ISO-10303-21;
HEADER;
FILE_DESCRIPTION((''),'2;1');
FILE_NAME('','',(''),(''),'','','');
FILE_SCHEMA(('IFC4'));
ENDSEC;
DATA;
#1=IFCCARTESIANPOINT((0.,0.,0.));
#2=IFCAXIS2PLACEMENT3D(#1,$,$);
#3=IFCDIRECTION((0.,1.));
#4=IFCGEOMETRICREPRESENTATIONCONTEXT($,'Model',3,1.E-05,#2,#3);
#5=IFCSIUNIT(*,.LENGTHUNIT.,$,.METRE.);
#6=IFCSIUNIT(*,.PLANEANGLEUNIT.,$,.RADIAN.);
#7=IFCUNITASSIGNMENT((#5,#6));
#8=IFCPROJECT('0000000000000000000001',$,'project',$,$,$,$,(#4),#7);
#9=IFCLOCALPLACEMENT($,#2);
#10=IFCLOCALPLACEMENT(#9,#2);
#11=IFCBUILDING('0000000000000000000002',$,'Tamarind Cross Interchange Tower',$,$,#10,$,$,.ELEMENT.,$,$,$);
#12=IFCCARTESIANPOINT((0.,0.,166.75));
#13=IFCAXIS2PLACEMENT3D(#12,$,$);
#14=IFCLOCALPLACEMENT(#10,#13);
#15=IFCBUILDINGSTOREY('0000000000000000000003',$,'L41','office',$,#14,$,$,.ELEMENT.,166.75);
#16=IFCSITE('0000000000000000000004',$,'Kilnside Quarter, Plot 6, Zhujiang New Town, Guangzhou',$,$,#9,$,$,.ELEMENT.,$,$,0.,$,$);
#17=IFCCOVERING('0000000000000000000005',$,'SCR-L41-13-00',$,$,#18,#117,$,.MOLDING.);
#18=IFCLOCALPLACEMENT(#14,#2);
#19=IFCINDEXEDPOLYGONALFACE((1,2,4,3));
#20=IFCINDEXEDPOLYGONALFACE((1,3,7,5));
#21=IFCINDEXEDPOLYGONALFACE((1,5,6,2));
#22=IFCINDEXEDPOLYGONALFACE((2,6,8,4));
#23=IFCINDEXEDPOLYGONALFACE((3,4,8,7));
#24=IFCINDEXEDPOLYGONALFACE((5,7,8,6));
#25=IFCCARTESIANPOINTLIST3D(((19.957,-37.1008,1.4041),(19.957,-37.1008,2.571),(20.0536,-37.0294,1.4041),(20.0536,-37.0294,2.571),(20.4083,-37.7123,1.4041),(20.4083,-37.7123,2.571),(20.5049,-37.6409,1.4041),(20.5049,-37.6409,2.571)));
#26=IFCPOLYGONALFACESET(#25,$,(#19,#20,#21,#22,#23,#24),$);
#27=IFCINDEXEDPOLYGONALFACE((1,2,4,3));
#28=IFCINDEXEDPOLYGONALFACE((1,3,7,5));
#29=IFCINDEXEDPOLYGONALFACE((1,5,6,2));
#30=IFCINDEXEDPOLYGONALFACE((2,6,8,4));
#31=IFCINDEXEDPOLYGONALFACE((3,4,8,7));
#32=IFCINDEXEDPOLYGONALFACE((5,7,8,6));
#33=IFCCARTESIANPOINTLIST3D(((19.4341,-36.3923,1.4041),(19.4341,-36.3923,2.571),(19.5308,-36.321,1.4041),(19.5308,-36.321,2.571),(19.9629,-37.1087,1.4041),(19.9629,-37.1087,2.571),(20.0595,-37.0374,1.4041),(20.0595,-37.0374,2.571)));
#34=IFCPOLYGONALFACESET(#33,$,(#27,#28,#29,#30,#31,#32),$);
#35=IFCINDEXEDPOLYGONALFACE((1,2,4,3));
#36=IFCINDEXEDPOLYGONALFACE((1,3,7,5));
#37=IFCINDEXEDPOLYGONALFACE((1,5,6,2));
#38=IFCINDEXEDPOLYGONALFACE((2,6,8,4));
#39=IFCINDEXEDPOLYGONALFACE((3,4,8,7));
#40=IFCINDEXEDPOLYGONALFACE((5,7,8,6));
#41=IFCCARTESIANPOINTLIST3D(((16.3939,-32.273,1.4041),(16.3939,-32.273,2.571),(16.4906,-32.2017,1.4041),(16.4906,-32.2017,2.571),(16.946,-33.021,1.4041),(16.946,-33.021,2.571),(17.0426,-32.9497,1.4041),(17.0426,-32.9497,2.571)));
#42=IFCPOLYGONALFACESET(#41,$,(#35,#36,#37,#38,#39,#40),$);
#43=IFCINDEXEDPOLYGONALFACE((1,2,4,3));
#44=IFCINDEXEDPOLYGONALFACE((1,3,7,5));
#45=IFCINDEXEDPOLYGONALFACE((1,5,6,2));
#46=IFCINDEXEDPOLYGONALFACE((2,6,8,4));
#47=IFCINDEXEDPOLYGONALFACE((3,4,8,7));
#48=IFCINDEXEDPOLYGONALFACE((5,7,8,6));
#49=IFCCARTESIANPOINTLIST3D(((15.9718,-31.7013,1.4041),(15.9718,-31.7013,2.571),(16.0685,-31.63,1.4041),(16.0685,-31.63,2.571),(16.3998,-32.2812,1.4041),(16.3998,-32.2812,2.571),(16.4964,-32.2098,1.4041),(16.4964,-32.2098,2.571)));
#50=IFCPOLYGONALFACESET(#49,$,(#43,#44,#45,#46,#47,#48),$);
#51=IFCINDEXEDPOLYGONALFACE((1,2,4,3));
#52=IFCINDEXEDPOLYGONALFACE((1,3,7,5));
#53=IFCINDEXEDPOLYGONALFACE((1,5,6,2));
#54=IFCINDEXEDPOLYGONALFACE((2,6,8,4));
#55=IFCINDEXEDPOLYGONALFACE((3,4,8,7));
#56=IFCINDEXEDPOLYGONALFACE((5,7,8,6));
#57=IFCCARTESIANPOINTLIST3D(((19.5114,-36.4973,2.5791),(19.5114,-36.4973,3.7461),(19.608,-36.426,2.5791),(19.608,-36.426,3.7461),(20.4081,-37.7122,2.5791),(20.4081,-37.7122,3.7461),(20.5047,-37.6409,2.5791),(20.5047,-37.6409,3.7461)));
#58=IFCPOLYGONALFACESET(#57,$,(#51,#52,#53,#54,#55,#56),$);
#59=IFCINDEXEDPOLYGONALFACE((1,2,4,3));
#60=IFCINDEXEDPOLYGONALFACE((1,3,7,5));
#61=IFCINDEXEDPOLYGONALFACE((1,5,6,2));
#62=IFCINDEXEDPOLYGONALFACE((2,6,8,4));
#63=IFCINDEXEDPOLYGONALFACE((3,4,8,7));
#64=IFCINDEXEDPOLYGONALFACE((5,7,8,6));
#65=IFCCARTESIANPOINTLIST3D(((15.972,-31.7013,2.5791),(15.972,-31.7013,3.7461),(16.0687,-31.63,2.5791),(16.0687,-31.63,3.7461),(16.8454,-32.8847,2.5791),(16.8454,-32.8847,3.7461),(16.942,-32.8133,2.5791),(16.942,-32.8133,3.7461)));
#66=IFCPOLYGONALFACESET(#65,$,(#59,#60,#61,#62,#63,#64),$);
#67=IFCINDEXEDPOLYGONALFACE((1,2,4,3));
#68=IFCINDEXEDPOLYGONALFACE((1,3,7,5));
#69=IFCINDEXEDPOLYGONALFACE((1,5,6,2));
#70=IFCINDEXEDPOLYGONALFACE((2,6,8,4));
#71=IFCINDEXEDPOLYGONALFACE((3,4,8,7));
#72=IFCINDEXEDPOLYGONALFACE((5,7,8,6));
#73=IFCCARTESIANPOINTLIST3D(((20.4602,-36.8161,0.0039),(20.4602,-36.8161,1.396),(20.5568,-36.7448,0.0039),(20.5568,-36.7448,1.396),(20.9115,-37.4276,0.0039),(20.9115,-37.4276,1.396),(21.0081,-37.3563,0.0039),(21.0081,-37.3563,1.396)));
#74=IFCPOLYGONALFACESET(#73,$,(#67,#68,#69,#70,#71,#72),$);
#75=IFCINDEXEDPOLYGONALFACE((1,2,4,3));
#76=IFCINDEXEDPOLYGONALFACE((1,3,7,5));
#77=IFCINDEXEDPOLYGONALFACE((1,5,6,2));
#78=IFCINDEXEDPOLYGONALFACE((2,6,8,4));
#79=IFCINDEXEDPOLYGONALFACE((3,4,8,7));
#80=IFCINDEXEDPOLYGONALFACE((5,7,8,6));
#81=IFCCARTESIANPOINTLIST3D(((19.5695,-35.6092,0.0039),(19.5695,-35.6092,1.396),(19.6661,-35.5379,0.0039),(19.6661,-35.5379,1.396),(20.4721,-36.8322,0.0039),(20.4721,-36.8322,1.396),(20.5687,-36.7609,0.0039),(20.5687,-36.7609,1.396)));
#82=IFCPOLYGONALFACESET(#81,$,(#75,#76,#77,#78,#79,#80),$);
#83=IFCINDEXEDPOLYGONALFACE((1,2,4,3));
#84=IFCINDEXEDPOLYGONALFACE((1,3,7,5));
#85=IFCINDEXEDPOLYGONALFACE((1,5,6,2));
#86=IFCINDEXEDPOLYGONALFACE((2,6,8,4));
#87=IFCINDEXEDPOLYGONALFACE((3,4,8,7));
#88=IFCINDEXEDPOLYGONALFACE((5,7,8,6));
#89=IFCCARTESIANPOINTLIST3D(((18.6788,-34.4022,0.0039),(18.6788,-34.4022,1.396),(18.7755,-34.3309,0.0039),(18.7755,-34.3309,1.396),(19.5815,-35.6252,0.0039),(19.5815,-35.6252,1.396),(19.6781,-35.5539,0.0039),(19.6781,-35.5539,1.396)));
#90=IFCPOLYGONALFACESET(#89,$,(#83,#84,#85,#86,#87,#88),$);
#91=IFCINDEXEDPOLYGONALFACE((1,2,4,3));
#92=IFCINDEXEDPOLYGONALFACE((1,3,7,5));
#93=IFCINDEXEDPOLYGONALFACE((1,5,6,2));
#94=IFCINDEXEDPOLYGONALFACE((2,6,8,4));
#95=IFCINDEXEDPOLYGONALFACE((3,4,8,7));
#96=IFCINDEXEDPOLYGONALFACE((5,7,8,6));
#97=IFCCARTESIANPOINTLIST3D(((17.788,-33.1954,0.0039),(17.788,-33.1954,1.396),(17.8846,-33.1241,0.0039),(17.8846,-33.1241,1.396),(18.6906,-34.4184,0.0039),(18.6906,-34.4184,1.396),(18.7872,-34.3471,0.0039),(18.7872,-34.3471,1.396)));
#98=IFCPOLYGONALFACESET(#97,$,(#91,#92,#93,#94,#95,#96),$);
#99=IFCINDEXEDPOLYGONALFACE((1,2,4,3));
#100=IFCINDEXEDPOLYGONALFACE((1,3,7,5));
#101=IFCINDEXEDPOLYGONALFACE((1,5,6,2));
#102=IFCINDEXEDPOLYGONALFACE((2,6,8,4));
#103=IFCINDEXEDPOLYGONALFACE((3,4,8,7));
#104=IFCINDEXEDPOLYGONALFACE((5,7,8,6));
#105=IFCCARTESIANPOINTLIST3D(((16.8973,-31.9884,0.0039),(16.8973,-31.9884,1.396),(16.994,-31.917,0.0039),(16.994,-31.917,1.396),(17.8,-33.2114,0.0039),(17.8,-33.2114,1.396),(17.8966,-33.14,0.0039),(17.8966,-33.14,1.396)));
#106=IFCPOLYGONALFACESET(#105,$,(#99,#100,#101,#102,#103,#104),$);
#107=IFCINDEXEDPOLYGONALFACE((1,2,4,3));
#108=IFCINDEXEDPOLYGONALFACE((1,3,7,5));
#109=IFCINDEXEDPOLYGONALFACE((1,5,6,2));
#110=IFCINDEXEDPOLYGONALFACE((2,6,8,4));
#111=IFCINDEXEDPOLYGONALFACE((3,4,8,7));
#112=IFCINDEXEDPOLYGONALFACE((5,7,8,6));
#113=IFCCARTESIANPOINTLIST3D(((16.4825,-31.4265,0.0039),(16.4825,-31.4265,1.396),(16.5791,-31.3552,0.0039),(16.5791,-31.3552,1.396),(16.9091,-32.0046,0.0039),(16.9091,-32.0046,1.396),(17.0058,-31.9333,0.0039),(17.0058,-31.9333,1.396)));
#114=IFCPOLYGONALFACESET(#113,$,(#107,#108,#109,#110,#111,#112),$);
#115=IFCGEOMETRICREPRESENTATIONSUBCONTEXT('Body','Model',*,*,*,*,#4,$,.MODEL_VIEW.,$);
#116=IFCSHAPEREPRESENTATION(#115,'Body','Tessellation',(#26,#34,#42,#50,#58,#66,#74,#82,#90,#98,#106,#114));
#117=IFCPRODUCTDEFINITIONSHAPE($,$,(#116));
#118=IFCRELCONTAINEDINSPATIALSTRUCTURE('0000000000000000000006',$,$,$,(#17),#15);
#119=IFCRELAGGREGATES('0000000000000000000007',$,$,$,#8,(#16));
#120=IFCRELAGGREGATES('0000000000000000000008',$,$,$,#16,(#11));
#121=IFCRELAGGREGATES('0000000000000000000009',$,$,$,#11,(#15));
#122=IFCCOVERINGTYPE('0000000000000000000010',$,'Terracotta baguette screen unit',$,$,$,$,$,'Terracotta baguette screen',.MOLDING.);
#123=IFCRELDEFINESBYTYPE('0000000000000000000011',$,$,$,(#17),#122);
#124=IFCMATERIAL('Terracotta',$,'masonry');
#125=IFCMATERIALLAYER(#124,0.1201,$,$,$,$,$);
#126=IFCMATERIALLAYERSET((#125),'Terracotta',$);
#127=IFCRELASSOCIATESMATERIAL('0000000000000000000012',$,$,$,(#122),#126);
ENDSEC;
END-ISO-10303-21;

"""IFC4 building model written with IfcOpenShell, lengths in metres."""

from ifc_helpers import new_model, si_unit, direction, frame, origin, origin_2d, place, context, subcontext, project, spatial, rectangle, extrude, material, layer, layer_set, type_object, element, save


model = new_model("IFC4")

# Units and contexts
model_context = context("Model", 3, precision=1e-05, world=origin(), true_north=direction((0.0, 1.0)))
body_context = subcontext(model_context, "Body", "Model", "MODEL_VIEW")
ifc_project = project(units=[si_unit("LENGTHUNIT", "METRE"), si_unit("PLANEANGLEUNIT", "RADIAN")], contexts=[model_context])

# Site, building, storey
site_placement = place(None, origin())
site = spatial("IfcSite", under=ifc_project, at=site_placement, Name="Kilnside Quarter, Plot 6, Zhujiang New Town, Guangzhou", CompositionType="ELEMENT", RefElevation=0.0)
building_placement = place(site_placement, origin())
building = spatial("IfcBuilding", under=site, at=building_placement, Name="Tamarind Cross Interchange Tower", CompositionType="ELEMENT")
storey_placement = place(building_placement, frame((0.0, 0.0, 166.75)))
storey = spatial("IfcBuildingStorey", under=building, at=storey_placement, Name="L41", Description="office", CompositionType="ELEMENT", Elevation=166.75)

# Covering
ifc_material_1 = material(Name="Terracotta", Category="masonry")
ifc_layer_1 = layer(ifc_material_1, 0.1201)
ifc_layer_set_1 = layer_set([ifc_layer_1], Name="Terracotta")
covering_type = type_object("IfcCoveringType", Name="Terracotta baguette screen unit", ElementType="Terracotta baguette screen", PredefinedType="MOLDING", material=ifc_layer_set_1)
covering_1_placement = place(storey_placement, origin())
element("IfcCovering", 1, at=covering_1_placement, inside=storey, type_object=covering_type, Name="SCR-L41-13-00", PredefinedType="MOLDING", context=body_context, shape_type="SweptSolid", body=[
    extrude(rectangle(XDim=0.76, YDim=0.1201, at=origin_2d()), frame((20.231, -37.3708, 1.4041), z_axis=(0.0, 0.0, 1.0), x_axis=(-0.593819, 0.804598, 0.0)), (0.0, 0.0, 1.0), 1.167),
    extrude(rectangle(XDim=0.8904, YDim=0.1201, at=origin_2d()), frame((19.7468, -36.7148, 1.4041), z_axis=(0.0, 0.0, 1.0), x_axis=(-0.593819, 0.804598, 0.0)), (0.0, 0.0, 1.0), 1.167),
    extrude(rectangle(XDim=0.9297, YDim=0.1201, at=origin_2d()), frame((16.7183, -32.6113, 1.4041), z_axis=(0.0, 0.0, 1.0), x_axis=(-0.593819, 0.804598, 0.0)), (0.0, 0.0, 1.0), 1.167),
    extrude(rectangle(XDim=0.7207, YDim=0.1201, at=origin_2d()), frame((16.2341, -31.9556, 1.4041), z_axis=(0.0, 0.0, 1.0), x_axis=(-0.593819, 0.804598, 0.0)), (0.0, 0.0, 1.0), 1.167),
    extrude(rectangle(XDim=1.51, YDim=0.1201, at=origin_2d()), frame((20.0081, -37.0691, 2.5791), z_axis=(0.0, 0.0, 1.0), x_axis=(-0.593819, 0.804598, 0.0)), (0.0, 0.0, 1.0), 1.167),
    extrude(rectangle(XDim=1.4707, YDim=0.1201, at=origin_2d()), frame((16.457, -32.2573, 2.5791), z_axis=(0.0, 0.0, 1.0), x_axis=(-0.593819, 0.804598, 0.0)), (0.0, 0.0, 1.0), 1.167),
    extrude(rectangle(XDim=0.76, YDim=0.1201, at=origin_2d()), frame((20.7341, -37.0862, 0.0039), z_axis=(0.0, 0.0, 1.0), x_axis=(-0.593819, 0.804598, 0.0)), (0.0, 0.0, 1.0), 1.3921),
    extrude(rectangle(XDim=1.52, YDim=0.1201, at=origin_2d()), frame((20.0691, -36.1851, 0.0039), z_axis=(0.0, 0.0, 1.0), x_axis=(-0.593819, 0.804598, 0.0)), (0.0, 0.0, 1.0), 1.3921),
    extrude(rectangle(XDim=1.52, YDim=0.1201, at=origin_2d()), frame((19.1785, -34.978, 0.0039), z_axis=(0.0, 0.0, 1.0), x_axis=(-0.593819, 0.804598, 0.0)), (0.0, 0.0, 1.0), 1.3921),
    extrude(rectangle(XDim=1.52, YDim=0.1201, at=origin_2d()), frame((18.2876, -33.7712, 0.0039), z_axis=(0.0, 0.0, 1.0), x_axis=(-0.593819, 0.804598, 0.0)), (0.0, 0.0, 1.0), 1.3921),
    extrude(rectangle(XDim=1.52, YDim=0.1201, at=origin_2d()), frame((17.397, -32.5642, 0.0039), z_axis=(0.0, 0.0, 1.0), x_axis=(-0.593819, 0.804598, 0.0)), (0.0, 0.0, 1.0), 1.3921),
    extrude(rectangle(XDim=0.7185, YDim=0.1201, at=origin_2d()), frame((16.7441, -31.6799, 0.0039), z_axis=(0.0, 0.0, 1.0), x_axis=(-0.593819, 0.804598, 0.0)), (0.0, 0.0, 1.0), 1.3921),
])

save(model, "model.ifc")
